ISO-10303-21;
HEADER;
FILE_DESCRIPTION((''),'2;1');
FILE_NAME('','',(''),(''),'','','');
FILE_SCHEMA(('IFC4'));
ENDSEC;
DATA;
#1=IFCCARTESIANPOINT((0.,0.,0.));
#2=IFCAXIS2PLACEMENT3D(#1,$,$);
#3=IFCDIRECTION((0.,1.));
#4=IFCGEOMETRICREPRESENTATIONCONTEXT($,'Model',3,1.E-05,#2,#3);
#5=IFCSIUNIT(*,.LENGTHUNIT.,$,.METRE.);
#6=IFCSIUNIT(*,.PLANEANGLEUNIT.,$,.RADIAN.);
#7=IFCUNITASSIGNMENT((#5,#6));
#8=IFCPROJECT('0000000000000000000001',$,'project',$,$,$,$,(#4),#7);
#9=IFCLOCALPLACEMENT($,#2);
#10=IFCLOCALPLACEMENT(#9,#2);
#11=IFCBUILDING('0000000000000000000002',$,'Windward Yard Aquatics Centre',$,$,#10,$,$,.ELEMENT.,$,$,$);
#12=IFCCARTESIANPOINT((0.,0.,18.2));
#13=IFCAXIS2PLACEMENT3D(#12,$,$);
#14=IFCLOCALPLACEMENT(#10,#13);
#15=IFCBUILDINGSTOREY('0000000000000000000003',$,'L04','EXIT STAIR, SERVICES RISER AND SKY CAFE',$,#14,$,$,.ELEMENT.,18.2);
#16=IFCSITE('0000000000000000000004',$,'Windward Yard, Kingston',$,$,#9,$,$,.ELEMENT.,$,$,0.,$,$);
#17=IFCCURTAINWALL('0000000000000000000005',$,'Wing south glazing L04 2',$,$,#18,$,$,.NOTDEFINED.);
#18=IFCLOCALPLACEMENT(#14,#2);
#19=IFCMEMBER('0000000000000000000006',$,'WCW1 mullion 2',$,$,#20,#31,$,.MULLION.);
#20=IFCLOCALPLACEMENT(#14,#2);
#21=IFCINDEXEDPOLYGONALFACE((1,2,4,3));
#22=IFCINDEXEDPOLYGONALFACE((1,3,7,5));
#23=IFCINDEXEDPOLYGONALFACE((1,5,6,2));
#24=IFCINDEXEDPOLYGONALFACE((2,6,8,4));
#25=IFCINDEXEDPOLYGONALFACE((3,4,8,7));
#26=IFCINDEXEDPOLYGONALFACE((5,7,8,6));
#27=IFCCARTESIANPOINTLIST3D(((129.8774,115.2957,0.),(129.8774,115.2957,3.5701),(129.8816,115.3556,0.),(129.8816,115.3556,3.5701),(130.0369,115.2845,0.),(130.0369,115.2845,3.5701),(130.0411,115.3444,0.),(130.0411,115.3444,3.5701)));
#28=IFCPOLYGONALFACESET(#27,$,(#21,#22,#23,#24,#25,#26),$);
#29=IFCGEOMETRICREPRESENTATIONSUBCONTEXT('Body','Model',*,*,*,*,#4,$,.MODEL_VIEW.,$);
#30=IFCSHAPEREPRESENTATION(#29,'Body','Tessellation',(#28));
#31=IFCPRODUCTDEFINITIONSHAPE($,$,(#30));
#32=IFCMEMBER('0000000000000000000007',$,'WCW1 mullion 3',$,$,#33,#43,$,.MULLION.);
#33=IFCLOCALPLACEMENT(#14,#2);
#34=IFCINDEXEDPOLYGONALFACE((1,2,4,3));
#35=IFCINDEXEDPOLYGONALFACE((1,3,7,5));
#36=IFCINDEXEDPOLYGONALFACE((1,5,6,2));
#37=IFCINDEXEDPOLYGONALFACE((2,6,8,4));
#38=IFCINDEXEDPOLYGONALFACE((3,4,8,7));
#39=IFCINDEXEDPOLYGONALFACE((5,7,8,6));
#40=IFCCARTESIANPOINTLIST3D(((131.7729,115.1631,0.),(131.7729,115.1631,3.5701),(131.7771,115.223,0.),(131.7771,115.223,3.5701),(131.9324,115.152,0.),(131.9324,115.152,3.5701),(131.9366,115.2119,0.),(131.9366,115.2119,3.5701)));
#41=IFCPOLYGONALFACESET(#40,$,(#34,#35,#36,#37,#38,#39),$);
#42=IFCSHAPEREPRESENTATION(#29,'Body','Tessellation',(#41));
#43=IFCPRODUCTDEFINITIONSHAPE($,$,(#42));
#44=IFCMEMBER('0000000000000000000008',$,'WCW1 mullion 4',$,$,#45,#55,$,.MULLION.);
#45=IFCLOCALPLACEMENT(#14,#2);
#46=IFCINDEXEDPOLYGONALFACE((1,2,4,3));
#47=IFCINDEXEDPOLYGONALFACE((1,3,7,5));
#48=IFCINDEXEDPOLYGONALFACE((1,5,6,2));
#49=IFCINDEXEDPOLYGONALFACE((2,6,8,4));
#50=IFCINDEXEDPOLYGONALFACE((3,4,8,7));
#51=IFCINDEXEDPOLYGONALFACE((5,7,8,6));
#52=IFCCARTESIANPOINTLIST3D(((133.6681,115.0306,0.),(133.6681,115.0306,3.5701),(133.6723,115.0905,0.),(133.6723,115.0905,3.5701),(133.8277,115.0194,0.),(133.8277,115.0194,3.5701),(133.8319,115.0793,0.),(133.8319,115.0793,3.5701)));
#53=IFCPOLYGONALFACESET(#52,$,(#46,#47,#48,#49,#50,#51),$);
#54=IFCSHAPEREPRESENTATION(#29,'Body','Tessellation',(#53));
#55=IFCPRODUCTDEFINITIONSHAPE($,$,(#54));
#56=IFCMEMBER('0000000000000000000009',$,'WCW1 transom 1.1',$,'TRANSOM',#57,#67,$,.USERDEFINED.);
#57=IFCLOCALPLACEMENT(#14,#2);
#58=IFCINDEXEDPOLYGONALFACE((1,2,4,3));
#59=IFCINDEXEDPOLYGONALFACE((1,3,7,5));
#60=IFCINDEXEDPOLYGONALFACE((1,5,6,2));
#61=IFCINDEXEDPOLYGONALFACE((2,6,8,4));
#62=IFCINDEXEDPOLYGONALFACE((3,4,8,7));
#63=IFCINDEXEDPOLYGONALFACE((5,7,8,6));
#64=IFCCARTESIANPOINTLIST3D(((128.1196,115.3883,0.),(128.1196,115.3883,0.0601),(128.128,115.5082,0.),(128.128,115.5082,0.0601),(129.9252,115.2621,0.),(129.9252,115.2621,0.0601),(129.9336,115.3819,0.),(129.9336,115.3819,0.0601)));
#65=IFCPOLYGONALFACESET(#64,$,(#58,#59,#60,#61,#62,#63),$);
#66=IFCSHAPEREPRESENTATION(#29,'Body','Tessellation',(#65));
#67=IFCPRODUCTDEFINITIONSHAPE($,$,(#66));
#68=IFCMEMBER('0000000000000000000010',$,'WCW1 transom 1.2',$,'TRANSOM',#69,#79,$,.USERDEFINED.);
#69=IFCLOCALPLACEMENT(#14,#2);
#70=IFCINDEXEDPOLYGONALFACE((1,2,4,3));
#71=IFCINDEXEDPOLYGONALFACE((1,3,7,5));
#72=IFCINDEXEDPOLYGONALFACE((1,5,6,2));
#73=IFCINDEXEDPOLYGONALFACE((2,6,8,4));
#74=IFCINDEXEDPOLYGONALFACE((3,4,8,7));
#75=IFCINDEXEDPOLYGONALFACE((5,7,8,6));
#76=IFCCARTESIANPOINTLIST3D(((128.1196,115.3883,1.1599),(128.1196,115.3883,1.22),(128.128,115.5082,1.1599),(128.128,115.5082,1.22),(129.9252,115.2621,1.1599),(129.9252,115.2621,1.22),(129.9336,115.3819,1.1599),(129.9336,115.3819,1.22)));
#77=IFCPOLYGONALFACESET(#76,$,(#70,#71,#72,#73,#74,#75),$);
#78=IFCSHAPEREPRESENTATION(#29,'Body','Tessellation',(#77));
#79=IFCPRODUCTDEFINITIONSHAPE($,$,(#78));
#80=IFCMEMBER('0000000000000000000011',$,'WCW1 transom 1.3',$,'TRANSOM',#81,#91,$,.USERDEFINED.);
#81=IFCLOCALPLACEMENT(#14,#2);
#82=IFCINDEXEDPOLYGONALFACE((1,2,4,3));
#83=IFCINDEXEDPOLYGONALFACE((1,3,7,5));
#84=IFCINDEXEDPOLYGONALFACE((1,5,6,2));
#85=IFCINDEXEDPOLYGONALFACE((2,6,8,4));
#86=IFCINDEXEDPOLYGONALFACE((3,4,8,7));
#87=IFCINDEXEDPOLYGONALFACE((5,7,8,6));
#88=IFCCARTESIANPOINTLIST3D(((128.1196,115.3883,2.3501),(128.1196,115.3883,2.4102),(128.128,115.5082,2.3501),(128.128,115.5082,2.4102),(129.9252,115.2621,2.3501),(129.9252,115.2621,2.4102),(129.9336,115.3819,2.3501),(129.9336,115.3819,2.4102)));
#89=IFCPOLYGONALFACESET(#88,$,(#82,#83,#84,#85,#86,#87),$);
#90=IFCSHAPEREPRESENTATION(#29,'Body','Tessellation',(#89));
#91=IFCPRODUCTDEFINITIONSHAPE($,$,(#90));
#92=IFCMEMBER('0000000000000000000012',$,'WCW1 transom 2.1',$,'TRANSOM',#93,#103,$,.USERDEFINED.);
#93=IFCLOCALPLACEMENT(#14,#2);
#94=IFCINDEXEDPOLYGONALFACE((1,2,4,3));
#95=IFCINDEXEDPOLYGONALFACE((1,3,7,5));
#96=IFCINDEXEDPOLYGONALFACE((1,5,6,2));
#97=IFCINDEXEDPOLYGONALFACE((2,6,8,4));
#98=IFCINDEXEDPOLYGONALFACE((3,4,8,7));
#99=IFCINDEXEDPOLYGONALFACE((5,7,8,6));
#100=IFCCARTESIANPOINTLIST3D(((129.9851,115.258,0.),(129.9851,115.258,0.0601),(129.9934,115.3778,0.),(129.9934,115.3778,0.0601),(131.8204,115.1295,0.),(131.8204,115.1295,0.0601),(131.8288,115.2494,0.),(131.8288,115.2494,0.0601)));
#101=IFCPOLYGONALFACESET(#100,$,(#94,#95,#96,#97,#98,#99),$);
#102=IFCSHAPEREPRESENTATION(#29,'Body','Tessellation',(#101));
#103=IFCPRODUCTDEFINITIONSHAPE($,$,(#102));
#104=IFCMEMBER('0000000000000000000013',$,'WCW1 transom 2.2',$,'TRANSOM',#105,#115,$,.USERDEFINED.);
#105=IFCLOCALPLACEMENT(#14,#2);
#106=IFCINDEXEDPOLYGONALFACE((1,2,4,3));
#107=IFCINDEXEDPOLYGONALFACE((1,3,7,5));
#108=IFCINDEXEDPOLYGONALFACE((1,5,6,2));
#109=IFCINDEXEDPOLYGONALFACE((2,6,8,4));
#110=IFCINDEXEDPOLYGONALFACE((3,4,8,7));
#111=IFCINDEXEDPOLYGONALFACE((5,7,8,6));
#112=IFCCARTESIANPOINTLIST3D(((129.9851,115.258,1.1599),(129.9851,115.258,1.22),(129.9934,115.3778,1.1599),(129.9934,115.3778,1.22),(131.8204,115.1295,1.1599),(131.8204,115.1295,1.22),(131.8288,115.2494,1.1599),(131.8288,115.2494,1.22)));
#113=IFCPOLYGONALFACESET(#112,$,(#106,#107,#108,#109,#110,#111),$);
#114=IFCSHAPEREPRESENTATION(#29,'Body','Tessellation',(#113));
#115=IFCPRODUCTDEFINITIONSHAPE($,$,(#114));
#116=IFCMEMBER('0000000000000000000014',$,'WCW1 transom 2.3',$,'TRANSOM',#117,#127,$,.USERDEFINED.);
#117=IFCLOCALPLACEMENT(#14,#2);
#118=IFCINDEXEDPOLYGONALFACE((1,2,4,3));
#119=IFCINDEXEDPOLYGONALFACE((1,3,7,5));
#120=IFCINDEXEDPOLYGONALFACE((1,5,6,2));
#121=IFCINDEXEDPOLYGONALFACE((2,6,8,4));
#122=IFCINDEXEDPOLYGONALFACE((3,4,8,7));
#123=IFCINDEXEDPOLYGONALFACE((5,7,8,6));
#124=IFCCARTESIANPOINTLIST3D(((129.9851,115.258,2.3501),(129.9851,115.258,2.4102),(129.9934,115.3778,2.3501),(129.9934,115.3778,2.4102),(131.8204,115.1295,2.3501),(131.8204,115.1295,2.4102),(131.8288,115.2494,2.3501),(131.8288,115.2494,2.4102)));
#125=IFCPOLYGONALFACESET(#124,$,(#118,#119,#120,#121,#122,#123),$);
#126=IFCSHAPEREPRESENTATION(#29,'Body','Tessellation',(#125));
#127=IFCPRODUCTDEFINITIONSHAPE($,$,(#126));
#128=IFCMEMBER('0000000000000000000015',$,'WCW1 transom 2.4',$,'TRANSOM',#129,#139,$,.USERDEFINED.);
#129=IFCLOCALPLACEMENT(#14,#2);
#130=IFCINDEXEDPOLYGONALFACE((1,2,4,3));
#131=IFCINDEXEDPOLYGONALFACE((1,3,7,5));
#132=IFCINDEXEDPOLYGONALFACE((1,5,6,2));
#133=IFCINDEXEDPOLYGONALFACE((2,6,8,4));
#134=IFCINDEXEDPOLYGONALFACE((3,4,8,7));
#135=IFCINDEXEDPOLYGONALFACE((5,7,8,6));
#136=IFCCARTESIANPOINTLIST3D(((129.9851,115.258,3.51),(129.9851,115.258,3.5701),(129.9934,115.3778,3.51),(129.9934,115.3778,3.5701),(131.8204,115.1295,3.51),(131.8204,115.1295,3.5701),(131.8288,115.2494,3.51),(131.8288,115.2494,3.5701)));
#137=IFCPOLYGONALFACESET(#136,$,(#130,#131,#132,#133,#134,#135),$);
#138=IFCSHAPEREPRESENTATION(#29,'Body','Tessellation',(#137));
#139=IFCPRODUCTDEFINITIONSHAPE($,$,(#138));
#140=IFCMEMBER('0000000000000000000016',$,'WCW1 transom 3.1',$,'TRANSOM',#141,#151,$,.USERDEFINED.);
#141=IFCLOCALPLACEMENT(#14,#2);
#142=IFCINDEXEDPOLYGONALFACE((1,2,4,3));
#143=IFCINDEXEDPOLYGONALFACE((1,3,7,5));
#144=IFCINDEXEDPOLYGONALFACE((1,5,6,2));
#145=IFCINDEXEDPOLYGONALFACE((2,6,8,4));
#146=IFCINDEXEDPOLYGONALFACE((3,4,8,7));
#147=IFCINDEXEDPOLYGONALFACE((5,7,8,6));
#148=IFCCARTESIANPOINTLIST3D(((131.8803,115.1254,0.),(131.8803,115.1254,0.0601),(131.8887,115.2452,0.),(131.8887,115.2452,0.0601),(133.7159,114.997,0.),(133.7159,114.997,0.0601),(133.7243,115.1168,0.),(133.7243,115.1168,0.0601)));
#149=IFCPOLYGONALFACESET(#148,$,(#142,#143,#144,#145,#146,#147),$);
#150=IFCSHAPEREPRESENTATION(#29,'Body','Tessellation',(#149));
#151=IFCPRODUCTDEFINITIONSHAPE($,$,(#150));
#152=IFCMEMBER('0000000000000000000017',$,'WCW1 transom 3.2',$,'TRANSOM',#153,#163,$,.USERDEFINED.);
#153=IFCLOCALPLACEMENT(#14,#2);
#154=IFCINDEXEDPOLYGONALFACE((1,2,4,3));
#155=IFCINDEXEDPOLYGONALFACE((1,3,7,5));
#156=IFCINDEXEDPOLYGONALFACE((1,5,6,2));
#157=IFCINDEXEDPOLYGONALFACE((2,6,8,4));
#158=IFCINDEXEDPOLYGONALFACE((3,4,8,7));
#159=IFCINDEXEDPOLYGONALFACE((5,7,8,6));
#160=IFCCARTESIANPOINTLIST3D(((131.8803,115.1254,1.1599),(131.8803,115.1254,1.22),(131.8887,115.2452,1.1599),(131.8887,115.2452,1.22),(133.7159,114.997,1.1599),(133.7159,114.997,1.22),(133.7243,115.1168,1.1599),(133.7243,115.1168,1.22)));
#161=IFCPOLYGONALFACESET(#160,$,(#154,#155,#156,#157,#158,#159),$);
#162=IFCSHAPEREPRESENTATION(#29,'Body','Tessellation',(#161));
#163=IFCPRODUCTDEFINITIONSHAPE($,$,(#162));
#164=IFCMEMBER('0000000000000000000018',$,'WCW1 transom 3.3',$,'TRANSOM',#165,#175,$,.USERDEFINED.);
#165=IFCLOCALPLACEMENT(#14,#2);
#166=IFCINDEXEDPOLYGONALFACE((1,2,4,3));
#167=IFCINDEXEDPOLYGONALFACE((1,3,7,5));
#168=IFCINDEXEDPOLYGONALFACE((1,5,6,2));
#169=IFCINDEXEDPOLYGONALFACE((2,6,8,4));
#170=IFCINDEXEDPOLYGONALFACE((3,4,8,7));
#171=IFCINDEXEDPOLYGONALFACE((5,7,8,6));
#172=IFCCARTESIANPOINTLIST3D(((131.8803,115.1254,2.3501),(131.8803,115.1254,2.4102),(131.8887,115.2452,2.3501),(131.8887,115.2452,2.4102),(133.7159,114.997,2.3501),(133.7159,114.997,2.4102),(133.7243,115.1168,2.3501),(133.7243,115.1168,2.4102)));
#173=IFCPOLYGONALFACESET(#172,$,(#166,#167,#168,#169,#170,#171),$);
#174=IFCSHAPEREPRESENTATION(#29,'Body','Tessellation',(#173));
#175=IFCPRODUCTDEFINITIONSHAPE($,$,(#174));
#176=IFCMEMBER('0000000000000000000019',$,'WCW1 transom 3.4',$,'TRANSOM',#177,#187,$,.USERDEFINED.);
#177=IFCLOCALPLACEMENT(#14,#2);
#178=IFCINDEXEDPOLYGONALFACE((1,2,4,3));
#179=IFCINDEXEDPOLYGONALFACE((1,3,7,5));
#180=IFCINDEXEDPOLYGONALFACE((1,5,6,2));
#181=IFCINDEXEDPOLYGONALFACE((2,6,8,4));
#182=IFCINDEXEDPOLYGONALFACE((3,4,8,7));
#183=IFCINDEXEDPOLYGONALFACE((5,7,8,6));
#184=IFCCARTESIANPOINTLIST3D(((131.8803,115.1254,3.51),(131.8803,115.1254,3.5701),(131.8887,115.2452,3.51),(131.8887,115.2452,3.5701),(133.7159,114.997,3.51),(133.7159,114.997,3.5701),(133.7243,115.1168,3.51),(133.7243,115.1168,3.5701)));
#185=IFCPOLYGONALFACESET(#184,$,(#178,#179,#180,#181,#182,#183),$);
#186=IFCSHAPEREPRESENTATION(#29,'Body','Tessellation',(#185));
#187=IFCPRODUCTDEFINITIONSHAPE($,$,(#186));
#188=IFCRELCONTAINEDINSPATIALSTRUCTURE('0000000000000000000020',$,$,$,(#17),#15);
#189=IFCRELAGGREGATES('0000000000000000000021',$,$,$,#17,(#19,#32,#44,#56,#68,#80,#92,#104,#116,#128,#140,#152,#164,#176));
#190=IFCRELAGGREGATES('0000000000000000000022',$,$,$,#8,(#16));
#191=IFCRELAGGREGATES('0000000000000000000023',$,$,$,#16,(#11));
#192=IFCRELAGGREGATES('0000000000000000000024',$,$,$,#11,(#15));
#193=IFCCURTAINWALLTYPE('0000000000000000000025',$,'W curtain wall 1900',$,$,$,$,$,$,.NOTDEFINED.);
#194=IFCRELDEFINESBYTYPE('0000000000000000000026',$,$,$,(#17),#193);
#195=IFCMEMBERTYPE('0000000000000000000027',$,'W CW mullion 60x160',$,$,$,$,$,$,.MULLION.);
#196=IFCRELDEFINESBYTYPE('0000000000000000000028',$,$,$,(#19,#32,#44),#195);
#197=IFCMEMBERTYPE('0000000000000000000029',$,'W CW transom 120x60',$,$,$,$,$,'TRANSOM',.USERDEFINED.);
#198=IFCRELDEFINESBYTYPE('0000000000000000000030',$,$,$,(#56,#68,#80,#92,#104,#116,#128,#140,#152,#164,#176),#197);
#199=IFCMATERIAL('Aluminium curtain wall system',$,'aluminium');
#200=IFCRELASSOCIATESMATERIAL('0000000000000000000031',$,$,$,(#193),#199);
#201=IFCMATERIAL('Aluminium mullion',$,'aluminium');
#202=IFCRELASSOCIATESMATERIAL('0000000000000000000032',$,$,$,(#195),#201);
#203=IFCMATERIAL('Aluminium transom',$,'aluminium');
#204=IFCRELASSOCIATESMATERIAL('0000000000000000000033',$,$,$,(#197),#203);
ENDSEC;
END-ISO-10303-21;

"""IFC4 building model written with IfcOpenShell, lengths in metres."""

from ifc_helpers import new_model, si_unit, direction, frame, origin, origin_2d, place, context, subcontext, project, spatial, rectangle, extrude, material, material_profile, profile_set, type_object, element, aggregate, save


model = new_model("IFC4")

# Units and contexts
model_context = context("Model", 3, precision=1e-05, world=origin(), true_north=direction((0.0, 1.0)))
body_context = subcontext(model_context, "Body", "Model", "MODEL_VIEW")
ifc_project = project(units=[si_unit("LENGTHUNIT", "METRE"), si_unit("PLANEANGLEUNIT", "RADIAN")], contexts=[model_context])

# Site, building, storey
site_placement = place(None, origin())
site = spatial("IfcSite", under=ifc_project, at=site_placement, Name="Windward Yard, Kingston", CompositionType="ELEMENT", RefElevation=0.0)
building_placement = place(site_placement, origin())
building = spatial("IfcBuilding", under=site, at=building_placement, Name="Windward Yard Aquatics Centre", CompositionType="ELEMENT")
storey_placement = place(building_placement, frame((0.0, 0.0, 18.2)))
storey = spatial("IfcBuildingStorey", under=building, at=storey_placement, Name="L04", Description="EXIT STAIR, SERVICES RISER AND SKY CAFE", CompositionType="ELEMENT", Elevation=18.2)

# Curtain wall, members
ifc_material_1 = material(Name="Aluminium curtain wall system", Category="aluminium")
curtain_wall_type = type_object("IfcCurtainWallType", Name="W curtain wall 1900", PredefinedType="NOTDEFINED", material=ifc_material_1)
curtain_wall_placement = place(storey_placement, origin())
curtain_wall = element("IfcCurtainWall", 1, at=curtain_wall_placement, inside=storey, type_object=curtain_wall_type, Name="Wing south glazing L04 2", PredefinedType="NOTDEFINED")
ifc_material_2 = material(Name="Aluminium mullion", Category="aluminium")
ifc_material_profile_1 = material_profile(ifc_material_2, rectangle(XDim=0.0601, YDim=0.1599, at=origin_2d()), Name="AL 60x160")
ifc_profile_set_1 = profile_set([ifc_material_profile_1], Name="Aluminium mullion")
member_type_1 = type_object("IfcMemberType", Name="W CW mullion 60x160", PredefinedType="MULLION", material=ifc_profile_set_1)
member_1_placement = place(storey_placement, frame((129.9592, 115.3201, 0.0), z_axis=(0.0, 0.0, 1.0), x_axis=(0.069758, 0.997564, 0.0)))
member_1 = element("IfcMember", 2, at=member_1_placement, type_object=member_type_1, Name="WCW1 mullion 2", PredefinedType="MULLION", context=body_context, shape_type="SweptSolid", body=[
    extrude(rectangle(XDim=0.0601, YDim=0.1599, at=origin_2d()), origin(), (0.0, 0.0, 1.0), 3.5701),
])
member_2_placement = place(storey_placement, frame((131.8547, 115.1875, 0.0), z_axis=(0.0, 0.0, 1.0), x_axis=(0.069758, 0.997564, 0.0)))
member_2 = element("IfcMember", 3, at=member_2_placement, type_object=member_type_1, Name="WCW1 mullion 3", PredefinedType="MULLION", context=body_context, shape_type="SweptSolid", body=[
    extrude(rectangle(XDim=0.0601, YDim=0.1599, at=origin_2d()), origin(), (0.0, 0.0, 1.0), 3.5701),
])
member_3_placement = place(storey_placement, frame((133.75, 115.0549, 0.0), z_axis=(0.0, 0.0, 1.0), x_axis=(0.069758, 0.997564, 0.0)))
member_3 = element("IfcMember", 4, at=member_3_placement, type_object=member_type_1, Name="WCW1 mullion 4", PredefinedType="MULLION", context=body_context, shape_type="SweptSolid", body=[
    extrude(rectangle(XDim=0.0601, YDim=0.1599, at=origin_2d()), origin(), (0.0, 0.0, 1.0), 3.5701),
])
ifc_material_3 = material(Name="Aluminium transom", Category="aluminium")
ifc_material_profile_2 = material_profile(ifc_material_3, rectangle(XDim=0.1201, YDim=0.0601, at=origin_2d()), Name="AL 120x60")
ifc_profile_set_2 = profile_set([ifc_material_profile_2], Name="Aluminium transom")
member_type_2 = type_object("IfcMemberType", Name="W CW transom 120x60", ElementType="TRANSOM", PredefinedType="USERDEFINED", material=ifc_profile_set_2)
member_4_placement = place(storey_placement, frame((128.1238, 115.4482, 0.03), z_axis=(0.997566, -0.069732, 0.0), x_axis=(0.069732, 0.997566, 0.0)))
member_4 = element("IfcMember", 5, at=member_4_placement, type_object=member_type_2, Name="WCW1 transom 1.1", ObjectType="TRANSOM", PredefinedType="USERDEFINED", context=body_context, shape_type="SweptSolid", body=[
    extrude(rectangle(XDim=0.1201, YDim=0.0601, at=origin_2d()), origin(), (0.0, 0.0, 1.0), 1.8101),
])
member_5_placement = place(storey_placement, frame((128.1238, 115.4482, 1.1899), z_axis=(0.997566, -0.069732, 0.0), x_axis=(0.069732, 0.997566, 0.0)))
member_5 = element("IfcMember", 6, at=member_5_placement, type_object=member_type_2, Name="WCW1 transom 1.2", ObjectType="TRANSOM", PredefinedType="USERDEFINED", context=body_context, shape_type="SweptSolid", body=[
    extrude(rectangle(XDim=0.1201, YDim=0.0601, at=origin_2d()), origin(), (0.0, 0.0, 1.0), 1.8101),
])
member_6_placement = place(storey_placement, frame((128.1238, 115.4482, 2.3801), z_axis=(0.997566, -0.069732, 0.0), x_axis=(0.069732, 0.997566, 0.0)))
member_6 = element("IfcMember", 7, at=member_6_placement, type_object=member_type_2, Name="WCW1 transom 1.3", ObjectType="TRANSOM", PredefinedType="USERDEFINED", context=body_context, shape_type="SweptSolid", body=[
    extrude(rectangle(XDim=0.1201, YDim=0.0601, at=origin_2d()), origin(), (0.0, 0.0, 1.0), 1.8101),
])
member_7_placement = place(storey_placement, frame((129.9893, 115.3179, 0.03), z_axis=(0.997561, -0.069795, 0.0), x_axis=(0.069795, 0.997561, 0.0)))
member_7 = element("IfcMember", 8, at=member_7_placement, type_object=member_type_2, Name="WCW1 transom 2.1", ObjectType="TRANSOM", PredefinedType="USERDEFINED", context=body_context, shape_type="SweptSolid", body=[
    extrude(rectangle(XDim=0.1201, YDim=0.0601, at=origin_2d()), origin(), (0.0, 0.0, 1.0), 1.8398),
])
member_8_placement = place(storey_placement, frame((129.9893, 115.3179, 1.1899), z_axis=(0.997561, -0.069795, 0.0), x_axis=(0.069795, 0.997561, 0.0)))
member_8 = element("IfcMember", 9, at=member_8_placement, type_object=member_type_2, Name="WCW1 transom 2.2", ObjectType="TRANSOM", PredefinedType="USERDEFINED", context=body_context, shape_type="SweptSolid", body=[
    extrude(rectangle(XDim=0.1201, YDim=0.0601, at=origin_2d()), origin(), (0.0, 0.0, 1.0), 1.8398),
])
member_9_placement = place(storey_placement, frame((129.9893, 115.3179, 2.3801), z_axis=(0.997561, -0.069795, 0.0), x_axis=(0.069795, 0.997561, 0.0)))
member_9 = element("IfcMember", 10, at=member_9_placement, type_object=member_type_2, Name="WCW1 transom 2.3", ObjectType="TRANSOM", PredefinedType="USERDEFINED", context=body_context, shape_type="SweptSolid", body=[
    extrude(rectangle(XDim=0.1201, YDim=0.0601, at=origin_2d()), origin(), (0.0, 0.0, 1.0), 1.8398),
])
member_10_placement = place(storey_placement, frame((129.9893, 115.3179, 3.54), z_axis=(0.997561, -0.069795, 0.0), x_axis=(0.069795, 0.997561, 0.0)))
member_10 = element("IfcMember", 11, at=member_10_placement, type_object=member_type_2, Name="WCW1 transom 2.4", ObjectType="TRANSOM", PredefinedType="USERDEFINED", context=body_context, shape_type="SweptSolid", body=[
    extrude(rectangle(XDim=0.1201, YDim=0.0601, at=origin_2d()), origin(), (0.0, 0.0, 1.0), 1.8398),
])
member_11_placement = place(storey_placement, frame((131.8845, 115.1853, 0.03), z_axis=(0.997562, -0.069786, 0.0), x_axis=(0.069786, 0.997562, 0.0)))
member_11 = element("IfcMember", 12, at=member_11_placement, type_object=member_type_2, Name="WCW1 transom 3.1", ObjectType="TRANSOM", PredefinedType="USERDEFINED", context=body_context, shape_type="SweptSolid", body=[
    extrude(rectangle(XDim=0.1201, YDim=0.0601, at=origin_2d()), origin(), (0.0, 0.0, 1.0), 1.8401),
])
member_12_placement = place(storey_placement, frame((131.8845, 115.1853, 1.1899), z_axis=(0.997562, -0.069786, 0.0), x_axis=(0.069786, 0.997562, 0.0)))
member_12 = element("IfcMember", 13, at=member_12_placement, type_object=member_type_2, Name="WCW1 transom 3.2", ObjectType="TRANSOM", PredefinedType="USERDEFINED", context=body_context, shape_type="SweptSolid", body=[
    extrude(rectangle(XDim=0.1201, YDim=0.0601, at=origin_2d()), origin(), (0.0, 0.0, 1.0), 1.8401),
])
member_13_placement = place(storey_placement, frame((131.8845, 115.1853, 2.3801), z_axis=(0.997562, -0.069786, 0.0), x_axis=(0.069786, 0.997562, 0.0)))
member_13 = element("IfcMember", 14, at=member_13_placement, type_object=member_type_2, Name="WCW1 transom 3.3", ObjectType="TRANSOM", PredefinedType="USERDEFINED", context=body_context, shape_type="SweptSolid", body=[
    extrude(rectangle(XDim=0.1201, YDim=0.0601, at=origin_2d()), origin(), (0.0, 0.0, 1.0), 1.8401),
])
member_14_placement = place(storey_placement, frame((131.8845, 115.1853, 3.54), z_axis=(0.997562, -0.069786, 0.0), x_axis=(0.069786, 0.997562, 0.0)))
member_14 = element("IfcMember", 15, at=member_14_placement, type_object=member_type_2, Name="WCW1 transom 3.4", ObjectType="TRANSOM", PredefinedType="USERDEFINED", context=body_context, shape_type="SweptSolid", body=[
    extrude(rectangle(XDim=0.1201, YDim=0.0601, at=origin_2d()), origin(), (0.0, 0.0, 1.0), 1.8401),
])
aggregate(curtain_wall, [member_1, member_2, member_3, member_4, member_5, member_6, member_7, member_8, member_9, member_10, member_11, member_12, member_13, member_14])

save(model, "model.ifc")
